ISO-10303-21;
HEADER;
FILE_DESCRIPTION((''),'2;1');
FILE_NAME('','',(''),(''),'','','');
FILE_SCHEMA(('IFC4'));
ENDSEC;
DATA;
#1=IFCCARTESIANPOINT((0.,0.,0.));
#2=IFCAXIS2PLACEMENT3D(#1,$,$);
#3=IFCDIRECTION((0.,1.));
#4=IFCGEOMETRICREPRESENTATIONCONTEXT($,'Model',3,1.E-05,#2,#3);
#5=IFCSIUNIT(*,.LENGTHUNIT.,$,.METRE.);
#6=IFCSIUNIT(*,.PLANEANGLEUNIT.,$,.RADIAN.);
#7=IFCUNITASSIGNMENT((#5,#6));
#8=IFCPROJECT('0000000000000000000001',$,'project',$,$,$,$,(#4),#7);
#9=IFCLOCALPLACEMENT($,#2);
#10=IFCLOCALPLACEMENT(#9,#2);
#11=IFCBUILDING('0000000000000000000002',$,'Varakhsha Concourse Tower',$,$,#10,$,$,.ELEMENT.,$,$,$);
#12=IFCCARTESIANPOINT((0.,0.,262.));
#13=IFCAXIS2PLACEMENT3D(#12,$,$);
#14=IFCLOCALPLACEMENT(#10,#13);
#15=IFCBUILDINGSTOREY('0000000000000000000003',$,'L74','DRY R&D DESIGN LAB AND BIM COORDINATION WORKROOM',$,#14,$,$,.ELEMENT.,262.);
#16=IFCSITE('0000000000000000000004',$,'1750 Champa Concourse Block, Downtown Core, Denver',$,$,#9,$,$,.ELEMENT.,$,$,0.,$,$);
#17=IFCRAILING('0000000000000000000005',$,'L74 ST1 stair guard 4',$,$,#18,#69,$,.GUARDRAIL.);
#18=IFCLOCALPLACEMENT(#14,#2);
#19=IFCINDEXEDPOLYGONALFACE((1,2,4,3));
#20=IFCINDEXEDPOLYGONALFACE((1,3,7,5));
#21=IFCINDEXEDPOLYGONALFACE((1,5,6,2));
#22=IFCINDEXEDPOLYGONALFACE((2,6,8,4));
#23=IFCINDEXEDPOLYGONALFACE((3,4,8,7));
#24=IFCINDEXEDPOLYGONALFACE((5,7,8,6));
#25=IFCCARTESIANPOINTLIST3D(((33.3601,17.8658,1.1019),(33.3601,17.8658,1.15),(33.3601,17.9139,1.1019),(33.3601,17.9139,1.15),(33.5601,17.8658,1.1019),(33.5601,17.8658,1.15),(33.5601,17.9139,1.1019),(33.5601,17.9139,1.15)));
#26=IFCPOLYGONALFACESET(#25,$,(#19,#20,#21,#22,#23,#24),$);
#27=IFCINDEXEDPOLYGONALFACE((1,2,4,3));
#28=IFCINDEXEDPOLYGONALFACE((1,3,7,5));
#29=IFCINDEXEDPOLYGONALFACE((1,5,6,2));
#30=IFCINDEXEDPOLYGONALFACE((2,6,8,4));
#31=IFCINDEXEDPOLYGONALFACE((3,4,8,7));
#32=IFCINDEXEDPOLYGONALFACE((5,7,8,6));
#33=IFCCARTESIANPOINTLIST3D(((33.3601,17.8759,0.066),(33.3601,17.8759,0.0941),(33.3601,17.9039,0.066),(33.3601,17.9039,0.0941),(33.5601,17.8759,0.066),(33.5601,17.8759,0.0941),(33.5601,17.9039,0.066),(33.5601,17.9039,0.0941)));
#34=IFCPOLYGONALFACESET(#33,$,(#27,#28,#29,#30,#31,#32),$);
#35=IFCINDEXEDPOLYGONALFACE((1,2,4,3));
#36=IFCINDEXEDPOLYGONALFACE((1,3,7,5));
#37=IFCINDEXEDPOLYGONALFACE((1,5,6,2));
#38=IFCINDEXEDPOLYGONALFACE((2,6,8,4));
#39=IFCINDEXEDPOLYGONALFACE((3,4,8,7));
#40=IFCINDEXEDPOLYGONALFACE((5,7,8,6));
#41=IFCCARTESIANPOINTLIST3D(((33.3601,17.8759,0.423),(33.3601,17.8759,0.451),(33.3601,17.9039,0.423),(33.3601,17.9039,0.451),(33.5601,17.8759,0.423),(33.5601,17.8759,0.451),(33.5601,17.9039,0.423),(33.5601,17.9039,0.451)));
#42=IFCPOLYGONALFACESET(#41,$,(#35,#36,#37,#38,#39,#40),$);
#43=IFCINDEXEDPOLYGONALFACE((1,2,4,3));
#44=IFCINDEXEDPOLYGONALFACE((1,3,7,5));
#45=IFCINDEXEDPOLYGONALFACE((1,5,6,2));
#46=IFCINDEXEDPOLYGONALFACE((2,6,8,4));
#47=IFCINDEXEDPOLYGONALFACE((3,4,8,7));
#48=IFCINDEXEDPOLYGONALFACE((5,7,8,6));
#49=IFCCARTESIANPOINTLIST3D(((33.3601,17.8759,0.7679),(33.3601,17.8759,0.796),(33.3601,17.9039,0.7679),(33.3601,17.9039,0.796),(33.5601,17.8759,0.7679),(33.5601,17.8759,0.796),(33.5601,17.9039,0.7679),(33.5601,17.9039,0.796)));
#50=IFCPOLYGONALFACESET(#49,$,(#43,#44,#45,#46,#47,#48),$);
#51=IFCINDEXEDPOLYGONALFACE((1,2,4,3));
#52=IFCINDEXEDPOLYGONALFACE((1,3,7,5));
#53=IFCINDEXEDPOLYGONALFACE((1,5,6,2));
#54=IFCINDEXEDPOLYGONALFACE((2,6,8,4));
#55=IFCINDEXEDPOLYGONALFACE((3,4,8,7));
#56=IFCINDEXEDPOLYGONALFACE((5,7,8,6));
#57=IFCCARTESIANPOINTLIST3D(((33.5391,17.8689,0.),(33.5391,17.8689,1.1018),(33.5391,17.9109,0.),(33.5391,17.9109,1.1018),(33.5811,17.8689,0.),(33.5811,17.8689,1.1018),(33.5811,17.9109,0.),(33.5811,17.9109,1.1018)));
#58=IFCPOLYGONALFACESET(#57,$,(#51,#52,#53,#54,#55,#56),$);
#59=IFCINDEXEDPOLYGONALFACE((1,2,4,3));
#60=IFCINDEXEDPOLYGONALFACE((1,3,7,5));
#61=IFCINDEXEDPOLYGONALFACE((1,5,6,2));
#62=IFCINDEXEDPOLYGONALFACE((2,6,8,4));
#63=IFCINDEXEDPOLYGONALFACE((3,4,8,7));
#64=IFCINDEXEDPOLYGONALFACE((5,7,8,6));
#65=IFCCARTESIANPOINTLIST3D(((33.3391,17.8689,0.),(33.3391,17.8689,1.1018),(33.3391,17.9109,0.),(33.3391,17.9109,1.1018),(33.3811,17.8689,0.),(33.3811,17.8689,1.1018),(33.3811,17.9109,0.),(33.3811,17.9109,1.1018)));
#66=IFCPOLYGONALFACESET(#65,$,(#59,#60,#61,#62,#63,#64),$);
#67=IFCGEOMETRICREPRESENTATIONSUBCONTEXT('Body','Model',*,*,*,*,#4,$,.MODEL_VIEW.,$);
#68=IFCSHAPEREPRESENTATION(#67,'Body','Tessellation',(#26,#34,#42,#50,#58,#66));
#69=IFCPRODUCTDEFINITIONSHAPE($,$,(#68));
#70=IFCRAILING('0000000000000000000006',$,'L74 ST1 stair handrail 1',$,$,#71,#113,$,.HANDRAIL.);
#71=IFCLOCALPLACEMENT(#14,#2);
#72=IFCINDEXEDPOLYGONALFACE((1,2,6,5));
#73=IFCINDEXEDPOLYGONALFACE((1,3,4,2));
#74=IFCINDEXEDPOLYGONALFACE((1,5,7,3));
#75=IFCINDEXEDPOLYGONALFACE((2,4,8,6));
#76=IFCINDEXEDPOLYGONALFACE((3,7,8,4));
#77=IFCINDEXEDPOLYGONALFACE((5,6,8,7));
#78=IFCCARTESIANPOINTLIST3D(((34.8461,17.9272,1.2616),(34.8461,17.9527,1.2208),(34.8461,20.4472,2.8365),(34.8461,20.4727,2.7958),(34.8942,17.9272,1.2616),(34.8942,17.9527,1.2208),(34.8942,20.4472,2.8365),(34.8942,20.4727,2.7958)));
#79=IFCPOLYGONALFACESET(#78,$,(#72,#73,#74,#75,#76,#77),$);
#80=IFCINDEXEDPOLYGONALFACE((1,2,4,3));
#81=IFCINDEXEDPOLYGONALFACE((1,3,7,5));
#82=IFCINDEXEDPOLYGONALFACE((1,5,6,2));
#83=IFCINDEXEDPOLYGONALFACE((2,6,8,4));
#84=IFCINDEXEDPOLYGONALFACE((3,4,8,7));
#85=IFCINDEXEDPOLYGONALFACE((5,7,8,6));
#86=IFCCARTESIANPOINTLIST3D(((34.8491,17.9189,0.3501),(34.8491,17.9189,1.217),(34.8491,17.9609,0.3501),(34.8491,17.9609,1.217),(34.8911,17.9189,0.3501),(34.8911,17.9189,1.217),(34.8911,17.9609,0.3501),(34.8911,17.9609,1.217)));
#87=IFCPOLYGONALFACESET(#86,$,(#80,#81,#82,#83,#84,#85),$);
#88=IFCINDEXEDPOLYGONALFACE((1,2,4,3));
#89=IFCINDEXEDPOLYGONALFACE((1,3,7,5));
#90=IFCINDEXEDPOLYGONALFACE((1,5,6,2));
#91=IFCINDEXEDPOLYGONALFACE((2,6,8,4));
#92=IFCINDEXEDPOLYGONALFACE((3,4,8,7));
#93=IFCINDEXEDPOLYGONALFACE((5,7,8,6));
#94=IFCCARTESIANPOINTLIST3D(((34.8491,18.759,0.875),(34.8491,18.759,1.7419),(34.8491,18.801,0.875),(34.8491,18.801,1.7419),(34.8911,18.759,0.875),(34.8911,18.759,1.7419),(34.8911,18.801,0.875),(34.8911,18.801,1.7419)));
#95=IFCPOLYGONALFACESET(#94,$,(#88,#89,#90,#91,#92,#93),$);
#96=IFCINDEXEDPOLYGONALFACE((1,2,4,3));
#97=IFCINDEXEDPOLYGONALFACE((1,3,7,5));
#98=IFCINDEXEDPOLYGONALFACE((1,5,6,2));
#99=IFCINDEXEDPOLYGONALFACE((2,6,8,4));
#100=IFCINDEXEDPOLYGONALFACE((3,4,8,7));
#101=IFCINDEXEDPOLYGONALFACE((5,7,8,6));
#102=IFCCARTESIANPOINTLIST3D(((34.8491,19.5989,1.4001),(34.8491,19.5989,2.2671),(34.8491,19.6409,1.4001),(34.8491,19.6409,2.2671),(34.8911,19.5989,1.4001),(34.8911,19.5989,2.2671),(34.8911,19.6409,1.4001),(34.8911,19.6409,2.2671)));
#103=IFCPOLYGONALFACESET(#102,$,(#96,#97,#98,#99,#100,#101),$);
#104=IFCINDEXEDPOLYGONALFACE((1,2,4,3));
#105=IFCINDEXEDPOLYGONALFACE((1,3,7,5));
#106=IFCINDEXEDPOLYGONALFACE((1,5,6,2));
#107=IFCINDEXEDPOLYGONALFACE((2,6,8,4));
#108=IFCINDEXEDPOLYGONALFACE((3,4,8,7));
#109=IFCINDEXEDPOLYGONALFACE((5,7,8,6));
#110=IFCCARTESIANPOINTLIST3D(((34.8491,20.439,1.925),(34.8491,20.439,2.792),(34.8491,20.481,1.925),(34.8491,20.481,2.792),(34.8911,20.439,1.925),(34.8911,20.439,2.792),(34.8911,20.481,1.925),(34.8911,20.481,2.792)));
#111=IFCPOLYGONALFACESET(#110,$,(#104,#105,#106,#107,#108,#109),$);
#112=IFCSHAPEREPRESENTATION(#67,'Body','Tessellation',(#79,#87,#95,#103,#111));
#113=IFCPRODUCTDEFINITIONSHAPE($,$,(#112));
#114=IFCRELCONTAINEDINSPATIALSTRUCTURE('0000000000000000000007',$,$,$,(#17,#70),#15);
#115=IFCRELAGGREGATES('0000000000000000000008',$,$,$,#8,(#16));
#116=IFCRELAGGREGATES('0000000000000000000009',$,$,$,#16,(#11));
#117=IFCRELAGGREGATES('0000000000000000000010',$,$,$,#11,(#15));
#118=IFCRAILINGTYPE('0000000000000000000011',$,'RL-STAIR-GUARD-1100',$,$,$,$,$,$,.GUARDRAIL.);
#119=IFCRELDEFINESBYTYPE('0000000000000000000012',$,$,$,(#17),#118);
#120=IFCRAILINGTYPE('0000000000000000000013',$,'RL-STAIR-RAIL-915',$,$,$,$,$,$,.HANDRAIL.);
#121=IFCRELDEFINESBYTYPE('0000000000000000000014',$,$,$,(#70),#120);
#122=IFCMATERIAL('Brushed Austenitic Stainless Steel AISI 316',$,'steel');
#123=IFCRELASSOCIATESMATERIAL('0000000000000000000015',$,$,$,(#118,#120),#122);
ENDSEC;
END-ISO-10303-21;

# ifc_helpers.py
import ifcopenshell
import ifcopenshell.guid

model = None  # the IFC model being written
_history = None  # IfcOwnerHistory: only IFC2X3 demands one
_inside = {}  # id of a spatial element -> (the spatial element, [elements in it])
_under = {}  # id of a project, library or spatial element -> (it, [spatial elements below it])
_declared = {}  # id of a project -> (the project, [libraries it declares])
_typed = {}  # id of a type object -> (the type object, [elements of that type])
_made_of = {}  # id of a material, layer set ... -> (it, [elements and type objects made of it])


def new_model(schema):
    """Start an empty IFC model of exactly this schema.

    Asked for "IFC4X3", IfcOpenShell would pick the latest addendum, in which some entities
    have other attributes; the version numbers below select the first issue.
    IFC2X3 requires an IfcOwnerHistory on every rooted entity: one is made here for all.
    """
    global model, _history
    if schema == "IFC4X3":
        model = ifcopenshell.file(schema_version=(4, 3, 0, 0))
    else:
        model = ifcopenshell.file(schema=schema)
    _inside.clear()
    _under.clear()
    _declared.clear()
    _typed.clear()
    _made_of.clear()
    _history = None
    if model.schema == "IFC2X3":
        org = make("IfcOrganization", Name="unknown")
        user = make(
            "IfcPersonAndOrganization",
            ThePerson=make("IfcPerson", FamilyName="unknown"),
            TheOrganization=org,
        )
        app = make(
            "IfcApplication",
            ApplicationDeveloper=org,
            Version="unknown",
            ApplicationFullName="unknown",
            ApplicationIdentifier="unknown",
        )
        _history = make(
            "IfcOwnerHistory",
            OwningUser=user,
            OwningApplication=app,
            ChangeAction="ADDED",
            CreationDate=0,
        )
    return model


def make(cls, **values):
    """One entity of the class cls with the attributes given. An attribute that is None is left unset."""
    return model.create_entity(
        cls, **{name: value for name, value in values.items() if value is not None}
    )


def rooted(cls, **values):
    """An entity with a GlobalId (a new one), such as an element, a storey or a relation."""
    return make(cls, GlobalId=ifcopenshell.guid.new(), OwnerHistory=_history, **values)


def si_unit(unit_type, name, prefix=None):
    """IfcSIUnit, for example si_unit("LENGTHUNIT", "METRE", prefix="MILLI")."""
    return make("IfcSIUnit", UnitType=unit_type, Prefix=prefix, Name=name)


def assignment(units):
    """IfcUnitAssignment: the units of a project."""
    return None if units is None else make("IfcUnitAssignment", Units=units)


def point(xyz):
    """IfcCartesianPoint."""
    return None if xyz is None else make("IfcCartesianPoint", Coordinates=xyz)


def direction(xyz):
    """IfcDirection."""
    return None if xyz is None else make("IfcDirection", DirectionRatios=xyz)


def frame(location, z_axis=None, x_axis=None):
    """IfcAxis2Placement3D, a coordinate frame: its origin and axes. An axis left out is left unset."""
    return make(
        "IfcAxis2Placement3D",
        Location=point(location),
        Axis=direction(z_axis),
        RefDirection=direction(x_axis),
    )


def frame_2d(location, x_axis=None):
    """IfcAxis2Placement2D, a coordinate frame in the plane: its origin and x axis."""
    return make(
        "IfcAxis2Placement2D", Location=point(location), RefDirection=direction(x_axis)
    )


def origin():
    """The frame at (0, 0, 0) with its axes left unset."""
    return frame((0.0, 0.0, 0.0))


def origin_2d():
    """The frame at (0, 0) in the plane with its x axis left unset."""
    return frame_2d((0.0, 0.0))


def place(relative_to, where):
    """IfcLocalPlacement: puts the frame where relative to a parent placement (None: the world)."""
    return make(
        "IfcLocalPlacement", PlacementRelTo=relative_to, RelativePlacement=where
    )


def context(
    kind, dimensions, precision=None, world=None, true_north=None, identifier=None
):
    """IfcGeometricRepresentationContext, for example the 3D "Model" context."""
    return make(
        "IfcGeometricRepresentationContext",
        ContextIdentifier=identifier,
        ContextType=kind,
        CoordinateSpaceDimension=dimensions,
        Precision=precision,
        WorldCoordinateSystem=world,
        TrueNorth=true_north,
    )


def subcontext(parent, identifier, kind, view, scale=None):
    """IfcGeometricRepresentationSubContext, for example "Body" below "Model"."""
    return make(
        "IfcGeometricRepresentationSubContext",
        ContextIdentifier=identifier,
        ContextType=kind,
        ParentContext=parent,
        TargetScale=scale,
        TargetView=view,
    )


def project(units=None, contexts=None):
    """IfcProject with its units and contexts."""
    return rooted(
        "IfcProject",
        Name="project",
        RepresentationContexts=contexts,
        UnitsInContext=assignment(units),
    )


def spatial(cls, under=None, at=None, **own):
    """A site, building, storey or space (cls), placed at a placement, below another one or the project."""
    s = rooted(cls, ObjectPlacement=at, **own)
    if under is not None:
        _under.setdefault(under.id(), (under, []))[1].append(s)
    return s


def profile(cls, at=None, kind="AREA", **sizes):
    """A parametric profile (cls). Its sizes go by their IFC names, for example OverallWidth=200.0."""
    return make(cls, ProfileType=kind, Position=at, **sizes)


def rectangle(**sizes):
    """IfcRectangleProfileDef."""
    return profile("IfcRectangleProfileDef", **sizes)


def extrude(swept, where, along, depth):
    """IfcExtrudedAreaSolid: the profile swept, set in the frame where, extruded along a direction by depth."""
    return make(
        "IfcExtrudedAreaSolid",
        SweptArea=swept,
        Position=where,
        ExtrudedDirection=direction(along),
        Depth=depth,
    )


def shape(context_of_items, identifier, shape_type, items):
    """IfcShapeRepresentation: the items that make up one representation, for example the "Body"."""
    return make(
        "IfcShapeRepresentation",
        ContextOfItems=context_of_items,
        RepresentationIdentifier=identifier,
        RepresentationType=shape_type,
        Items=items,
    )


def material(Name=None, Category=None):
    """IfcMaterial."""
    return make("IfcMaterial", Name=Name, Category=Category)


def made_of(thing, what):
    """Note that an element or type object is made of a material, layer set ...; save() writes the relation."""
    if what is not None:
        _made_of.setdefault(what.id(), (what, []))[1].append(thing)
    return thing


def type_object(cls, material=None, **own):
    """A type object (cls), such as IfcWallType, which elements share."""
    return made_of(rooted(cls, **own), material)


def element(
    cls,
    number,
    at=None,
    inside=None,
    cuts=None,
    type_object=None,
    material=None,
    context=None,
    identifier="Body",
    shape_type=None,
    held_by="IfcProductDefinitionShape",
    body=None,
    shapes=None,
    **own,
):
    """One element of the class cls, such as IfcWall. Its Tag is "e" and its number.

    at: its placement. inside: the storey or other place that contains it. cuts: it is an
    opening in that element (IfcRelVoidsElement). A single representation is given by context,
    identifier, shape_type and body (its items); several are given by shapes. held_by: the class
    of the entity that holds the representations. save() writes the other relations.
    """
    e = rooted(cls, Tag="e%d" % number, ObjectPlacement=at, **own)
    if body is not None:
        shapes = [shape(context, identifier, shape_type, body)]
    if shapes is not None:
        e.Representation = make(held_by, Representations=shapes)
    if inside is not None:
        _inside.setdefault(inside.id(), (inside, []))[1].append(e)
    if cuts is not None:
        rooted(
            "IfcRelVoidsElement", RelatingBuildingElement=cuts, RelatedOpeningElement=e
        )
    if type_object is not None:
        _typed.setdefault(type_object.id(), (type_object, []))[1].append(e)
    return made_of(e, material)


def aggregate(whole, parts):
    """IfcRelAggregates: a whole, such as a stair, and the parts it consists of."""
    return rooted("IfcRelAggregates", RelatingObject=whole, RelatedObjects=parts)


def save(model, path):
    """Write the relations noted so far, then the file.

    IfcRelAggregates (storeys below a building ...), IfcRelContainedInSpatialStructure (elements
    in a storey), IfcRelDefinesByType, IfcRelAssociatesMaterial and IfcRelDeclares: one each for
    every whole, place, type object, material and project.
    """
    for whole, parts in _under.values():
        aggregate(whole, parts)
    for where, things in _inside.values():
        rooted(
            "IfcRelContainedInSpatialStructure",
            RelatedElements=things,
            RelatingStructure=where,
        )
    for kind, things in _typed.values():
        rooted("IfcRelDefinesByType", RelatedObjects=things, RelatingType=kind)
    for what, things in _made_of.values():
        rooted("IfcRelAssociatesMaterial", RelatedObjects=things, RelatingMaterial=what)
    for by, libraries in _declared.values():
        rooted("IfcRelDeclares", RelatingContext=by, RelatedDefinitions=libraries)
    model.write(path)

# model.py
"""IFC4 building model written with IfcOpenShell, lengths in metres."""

from ifc_helpers import new_model, si_unit, direction, frame, origin, origin_2d, place, context, subcontext, project, spatial, rectangle, extrude, material, type_object, element, save


model = new_model("IFC4")

# Units and contexts
model_context = context("Model", 3, precision=1e-05, world=origin(), true_north=direction((0.0, 1.0)))
body_context = subcontext(model_context, "Body", "Model", "MODEL_VIEW")
ifc_project = project(units=[si_unit("LENGTHUNIT", "METRE"), si_unit("PLANEANGLEUNIT", "RADIAN")], contexts=[model_context])

# Site, building, storey
site_placement = place(None, origin())
site = spatial("IfcSite", under=ifc_project, at=site_placement, Name="1750 Champa Concourse Block, Downtown Core, Denver", CompositionType="ELEMENT", RefElevation=0.0)
building_placement = place(site_placement, origin())
building = spatial("IfcBuilding", under=site, at=building_placement, Name="Varakhsha Concourse Tower", CompositionType="ELEMENT")
storey_placement = place(building_placement, frame((0.0, 0.0, 262.0)))
storey = spatial("IfcBuildingStorey", under=building, at=storey_placement, Name="L74", Description="DRY R&D DESIGN LAB AND BIM COORDINATION WORKROOM", CompositionType="ELEMENT", Elevation=262.0)

# Railings
ifc_material_1 = material(Name="Brushed Austenitic Stainless Steel AISI 316", Category="steel")
railing_type_1 = type_object("IfcRailingType", Name="RL-STAIR-GUARD-1100", PredefinedType="GUARDRAIL", material=ifc_material_1)
railing_1_placement = place(storey_placement, frame((33.5601, 17.8899, 0.0)))
element("IfcRailing", 1, at=railing_1_placement, inside=storey, type_object=railing_type_1, Name="L74 ST1 stair guard 4", PredefinedType="GUARDRAIL", context=body_context, shape_type="SweptSolid", body=[
    extrude(rectangle(XDim=0.0481, YDim=0.0481, at=origin_2d()), frame((0.0, 0.0, 1.126), z_axis=(-1.0, 0.0, 0.0), x_axis=(0.0, -1.0, 0.0)), (0.0, 0.0, 1.0), 0.2),
    extrude(rectangle(XDim=0.0281, YDim=0.0281, at=origin_2d()), frame((0.0, 0.0, 0.0801), z_axis=(-1.0, 0.0, 0.0), x_axis=(0.0, -1.0, 0.0)), (0.0, 0.0, 1.0), 0.2),
    extrude(rectangle(XDim=0.0281, YDim=0.0281, at=origin_2d()), frame((0.0, 0.0, 0.437), z_axis=(-1.0, 0.0, 0.0), x_axis=(0.0, -1.0, 0.0)), (0.0, 0.0, 1.0), 0.2),
    extrude(rectangle(XDim=0.0281, YDim=0.0281, at=origin_2d()), frame((0.0, 0.0, 0.782), z_axis=(-1.0, 0.0, 0.0), x_axis=(0.0, -1.0, 0.0)), (0.0, 0.0, 1.0), 0.2),
    extrude(rectangle(XDim=0.042, YDim=0.042, at=origin_2d()), origin(), (0.0, 0.0, 1.0), 1.1018),
    extrude(rectangle(XDim=0.042, YDim=0.042, at=origin_2d()), frame((-0.2, 0.0, 0.0)), (0.0, 0.0, 1.0), 1.1018),
])
railing_type_2 = type_object("IfcRailingType", Name="RL-STAIR-RAIL-915", PredefinedType="HANDRAIL", material=ifc_material_1)
railing_2_placement = place(storey_placement, frame((34.8701, 17.9399, 0.3501)))
element("IfcRailing", 2, at=railing_2_placement, inside=storey, type_object=railing_type_2, Name="L74 ST1 stair handrail 1", PredefinedType="HANDRAIL", context=body_context, shape_type="SweptSolid", body=[
    extrude(rectangle(XDim=0.0481, YDim=0.0481, at=origin_2d()), frame((0.0, 0.0, 0.8911), z_axis=(0.0, 0.848008, 0.529984), x_axis=(-1.0, 0.0, 0.0)), (0.0, 0.0, 1.0), 2.9717),
    extrude(rectangle(XDim=0.042, YDim=0.042, at=origin_2d()), origin(), (0.0, 0.0, 1.0), 0.8669),
    extrude(rectangle(XDim=0.042, YDim=0.042, at=origin_2d()), frame((0.0, 0.8401, 0.5249)), (0.0, 0.0, 1.0), 0.8669),
    extrude(rectangle(XDim=0.042, YDim=0.042, at=origin_2d()), frame((0.0, 1.6799, 1.05)), (0.0, 0.0, 1.0), 0.8669),
    extrude(rectangle(XDim=0.042, YDim=0.042, at=origin_2d()), frame((0.0, 2.52, 1.575)), (0.0, 0.0, 1.0), 0.8669),
])

save(model, "model.ifc")
